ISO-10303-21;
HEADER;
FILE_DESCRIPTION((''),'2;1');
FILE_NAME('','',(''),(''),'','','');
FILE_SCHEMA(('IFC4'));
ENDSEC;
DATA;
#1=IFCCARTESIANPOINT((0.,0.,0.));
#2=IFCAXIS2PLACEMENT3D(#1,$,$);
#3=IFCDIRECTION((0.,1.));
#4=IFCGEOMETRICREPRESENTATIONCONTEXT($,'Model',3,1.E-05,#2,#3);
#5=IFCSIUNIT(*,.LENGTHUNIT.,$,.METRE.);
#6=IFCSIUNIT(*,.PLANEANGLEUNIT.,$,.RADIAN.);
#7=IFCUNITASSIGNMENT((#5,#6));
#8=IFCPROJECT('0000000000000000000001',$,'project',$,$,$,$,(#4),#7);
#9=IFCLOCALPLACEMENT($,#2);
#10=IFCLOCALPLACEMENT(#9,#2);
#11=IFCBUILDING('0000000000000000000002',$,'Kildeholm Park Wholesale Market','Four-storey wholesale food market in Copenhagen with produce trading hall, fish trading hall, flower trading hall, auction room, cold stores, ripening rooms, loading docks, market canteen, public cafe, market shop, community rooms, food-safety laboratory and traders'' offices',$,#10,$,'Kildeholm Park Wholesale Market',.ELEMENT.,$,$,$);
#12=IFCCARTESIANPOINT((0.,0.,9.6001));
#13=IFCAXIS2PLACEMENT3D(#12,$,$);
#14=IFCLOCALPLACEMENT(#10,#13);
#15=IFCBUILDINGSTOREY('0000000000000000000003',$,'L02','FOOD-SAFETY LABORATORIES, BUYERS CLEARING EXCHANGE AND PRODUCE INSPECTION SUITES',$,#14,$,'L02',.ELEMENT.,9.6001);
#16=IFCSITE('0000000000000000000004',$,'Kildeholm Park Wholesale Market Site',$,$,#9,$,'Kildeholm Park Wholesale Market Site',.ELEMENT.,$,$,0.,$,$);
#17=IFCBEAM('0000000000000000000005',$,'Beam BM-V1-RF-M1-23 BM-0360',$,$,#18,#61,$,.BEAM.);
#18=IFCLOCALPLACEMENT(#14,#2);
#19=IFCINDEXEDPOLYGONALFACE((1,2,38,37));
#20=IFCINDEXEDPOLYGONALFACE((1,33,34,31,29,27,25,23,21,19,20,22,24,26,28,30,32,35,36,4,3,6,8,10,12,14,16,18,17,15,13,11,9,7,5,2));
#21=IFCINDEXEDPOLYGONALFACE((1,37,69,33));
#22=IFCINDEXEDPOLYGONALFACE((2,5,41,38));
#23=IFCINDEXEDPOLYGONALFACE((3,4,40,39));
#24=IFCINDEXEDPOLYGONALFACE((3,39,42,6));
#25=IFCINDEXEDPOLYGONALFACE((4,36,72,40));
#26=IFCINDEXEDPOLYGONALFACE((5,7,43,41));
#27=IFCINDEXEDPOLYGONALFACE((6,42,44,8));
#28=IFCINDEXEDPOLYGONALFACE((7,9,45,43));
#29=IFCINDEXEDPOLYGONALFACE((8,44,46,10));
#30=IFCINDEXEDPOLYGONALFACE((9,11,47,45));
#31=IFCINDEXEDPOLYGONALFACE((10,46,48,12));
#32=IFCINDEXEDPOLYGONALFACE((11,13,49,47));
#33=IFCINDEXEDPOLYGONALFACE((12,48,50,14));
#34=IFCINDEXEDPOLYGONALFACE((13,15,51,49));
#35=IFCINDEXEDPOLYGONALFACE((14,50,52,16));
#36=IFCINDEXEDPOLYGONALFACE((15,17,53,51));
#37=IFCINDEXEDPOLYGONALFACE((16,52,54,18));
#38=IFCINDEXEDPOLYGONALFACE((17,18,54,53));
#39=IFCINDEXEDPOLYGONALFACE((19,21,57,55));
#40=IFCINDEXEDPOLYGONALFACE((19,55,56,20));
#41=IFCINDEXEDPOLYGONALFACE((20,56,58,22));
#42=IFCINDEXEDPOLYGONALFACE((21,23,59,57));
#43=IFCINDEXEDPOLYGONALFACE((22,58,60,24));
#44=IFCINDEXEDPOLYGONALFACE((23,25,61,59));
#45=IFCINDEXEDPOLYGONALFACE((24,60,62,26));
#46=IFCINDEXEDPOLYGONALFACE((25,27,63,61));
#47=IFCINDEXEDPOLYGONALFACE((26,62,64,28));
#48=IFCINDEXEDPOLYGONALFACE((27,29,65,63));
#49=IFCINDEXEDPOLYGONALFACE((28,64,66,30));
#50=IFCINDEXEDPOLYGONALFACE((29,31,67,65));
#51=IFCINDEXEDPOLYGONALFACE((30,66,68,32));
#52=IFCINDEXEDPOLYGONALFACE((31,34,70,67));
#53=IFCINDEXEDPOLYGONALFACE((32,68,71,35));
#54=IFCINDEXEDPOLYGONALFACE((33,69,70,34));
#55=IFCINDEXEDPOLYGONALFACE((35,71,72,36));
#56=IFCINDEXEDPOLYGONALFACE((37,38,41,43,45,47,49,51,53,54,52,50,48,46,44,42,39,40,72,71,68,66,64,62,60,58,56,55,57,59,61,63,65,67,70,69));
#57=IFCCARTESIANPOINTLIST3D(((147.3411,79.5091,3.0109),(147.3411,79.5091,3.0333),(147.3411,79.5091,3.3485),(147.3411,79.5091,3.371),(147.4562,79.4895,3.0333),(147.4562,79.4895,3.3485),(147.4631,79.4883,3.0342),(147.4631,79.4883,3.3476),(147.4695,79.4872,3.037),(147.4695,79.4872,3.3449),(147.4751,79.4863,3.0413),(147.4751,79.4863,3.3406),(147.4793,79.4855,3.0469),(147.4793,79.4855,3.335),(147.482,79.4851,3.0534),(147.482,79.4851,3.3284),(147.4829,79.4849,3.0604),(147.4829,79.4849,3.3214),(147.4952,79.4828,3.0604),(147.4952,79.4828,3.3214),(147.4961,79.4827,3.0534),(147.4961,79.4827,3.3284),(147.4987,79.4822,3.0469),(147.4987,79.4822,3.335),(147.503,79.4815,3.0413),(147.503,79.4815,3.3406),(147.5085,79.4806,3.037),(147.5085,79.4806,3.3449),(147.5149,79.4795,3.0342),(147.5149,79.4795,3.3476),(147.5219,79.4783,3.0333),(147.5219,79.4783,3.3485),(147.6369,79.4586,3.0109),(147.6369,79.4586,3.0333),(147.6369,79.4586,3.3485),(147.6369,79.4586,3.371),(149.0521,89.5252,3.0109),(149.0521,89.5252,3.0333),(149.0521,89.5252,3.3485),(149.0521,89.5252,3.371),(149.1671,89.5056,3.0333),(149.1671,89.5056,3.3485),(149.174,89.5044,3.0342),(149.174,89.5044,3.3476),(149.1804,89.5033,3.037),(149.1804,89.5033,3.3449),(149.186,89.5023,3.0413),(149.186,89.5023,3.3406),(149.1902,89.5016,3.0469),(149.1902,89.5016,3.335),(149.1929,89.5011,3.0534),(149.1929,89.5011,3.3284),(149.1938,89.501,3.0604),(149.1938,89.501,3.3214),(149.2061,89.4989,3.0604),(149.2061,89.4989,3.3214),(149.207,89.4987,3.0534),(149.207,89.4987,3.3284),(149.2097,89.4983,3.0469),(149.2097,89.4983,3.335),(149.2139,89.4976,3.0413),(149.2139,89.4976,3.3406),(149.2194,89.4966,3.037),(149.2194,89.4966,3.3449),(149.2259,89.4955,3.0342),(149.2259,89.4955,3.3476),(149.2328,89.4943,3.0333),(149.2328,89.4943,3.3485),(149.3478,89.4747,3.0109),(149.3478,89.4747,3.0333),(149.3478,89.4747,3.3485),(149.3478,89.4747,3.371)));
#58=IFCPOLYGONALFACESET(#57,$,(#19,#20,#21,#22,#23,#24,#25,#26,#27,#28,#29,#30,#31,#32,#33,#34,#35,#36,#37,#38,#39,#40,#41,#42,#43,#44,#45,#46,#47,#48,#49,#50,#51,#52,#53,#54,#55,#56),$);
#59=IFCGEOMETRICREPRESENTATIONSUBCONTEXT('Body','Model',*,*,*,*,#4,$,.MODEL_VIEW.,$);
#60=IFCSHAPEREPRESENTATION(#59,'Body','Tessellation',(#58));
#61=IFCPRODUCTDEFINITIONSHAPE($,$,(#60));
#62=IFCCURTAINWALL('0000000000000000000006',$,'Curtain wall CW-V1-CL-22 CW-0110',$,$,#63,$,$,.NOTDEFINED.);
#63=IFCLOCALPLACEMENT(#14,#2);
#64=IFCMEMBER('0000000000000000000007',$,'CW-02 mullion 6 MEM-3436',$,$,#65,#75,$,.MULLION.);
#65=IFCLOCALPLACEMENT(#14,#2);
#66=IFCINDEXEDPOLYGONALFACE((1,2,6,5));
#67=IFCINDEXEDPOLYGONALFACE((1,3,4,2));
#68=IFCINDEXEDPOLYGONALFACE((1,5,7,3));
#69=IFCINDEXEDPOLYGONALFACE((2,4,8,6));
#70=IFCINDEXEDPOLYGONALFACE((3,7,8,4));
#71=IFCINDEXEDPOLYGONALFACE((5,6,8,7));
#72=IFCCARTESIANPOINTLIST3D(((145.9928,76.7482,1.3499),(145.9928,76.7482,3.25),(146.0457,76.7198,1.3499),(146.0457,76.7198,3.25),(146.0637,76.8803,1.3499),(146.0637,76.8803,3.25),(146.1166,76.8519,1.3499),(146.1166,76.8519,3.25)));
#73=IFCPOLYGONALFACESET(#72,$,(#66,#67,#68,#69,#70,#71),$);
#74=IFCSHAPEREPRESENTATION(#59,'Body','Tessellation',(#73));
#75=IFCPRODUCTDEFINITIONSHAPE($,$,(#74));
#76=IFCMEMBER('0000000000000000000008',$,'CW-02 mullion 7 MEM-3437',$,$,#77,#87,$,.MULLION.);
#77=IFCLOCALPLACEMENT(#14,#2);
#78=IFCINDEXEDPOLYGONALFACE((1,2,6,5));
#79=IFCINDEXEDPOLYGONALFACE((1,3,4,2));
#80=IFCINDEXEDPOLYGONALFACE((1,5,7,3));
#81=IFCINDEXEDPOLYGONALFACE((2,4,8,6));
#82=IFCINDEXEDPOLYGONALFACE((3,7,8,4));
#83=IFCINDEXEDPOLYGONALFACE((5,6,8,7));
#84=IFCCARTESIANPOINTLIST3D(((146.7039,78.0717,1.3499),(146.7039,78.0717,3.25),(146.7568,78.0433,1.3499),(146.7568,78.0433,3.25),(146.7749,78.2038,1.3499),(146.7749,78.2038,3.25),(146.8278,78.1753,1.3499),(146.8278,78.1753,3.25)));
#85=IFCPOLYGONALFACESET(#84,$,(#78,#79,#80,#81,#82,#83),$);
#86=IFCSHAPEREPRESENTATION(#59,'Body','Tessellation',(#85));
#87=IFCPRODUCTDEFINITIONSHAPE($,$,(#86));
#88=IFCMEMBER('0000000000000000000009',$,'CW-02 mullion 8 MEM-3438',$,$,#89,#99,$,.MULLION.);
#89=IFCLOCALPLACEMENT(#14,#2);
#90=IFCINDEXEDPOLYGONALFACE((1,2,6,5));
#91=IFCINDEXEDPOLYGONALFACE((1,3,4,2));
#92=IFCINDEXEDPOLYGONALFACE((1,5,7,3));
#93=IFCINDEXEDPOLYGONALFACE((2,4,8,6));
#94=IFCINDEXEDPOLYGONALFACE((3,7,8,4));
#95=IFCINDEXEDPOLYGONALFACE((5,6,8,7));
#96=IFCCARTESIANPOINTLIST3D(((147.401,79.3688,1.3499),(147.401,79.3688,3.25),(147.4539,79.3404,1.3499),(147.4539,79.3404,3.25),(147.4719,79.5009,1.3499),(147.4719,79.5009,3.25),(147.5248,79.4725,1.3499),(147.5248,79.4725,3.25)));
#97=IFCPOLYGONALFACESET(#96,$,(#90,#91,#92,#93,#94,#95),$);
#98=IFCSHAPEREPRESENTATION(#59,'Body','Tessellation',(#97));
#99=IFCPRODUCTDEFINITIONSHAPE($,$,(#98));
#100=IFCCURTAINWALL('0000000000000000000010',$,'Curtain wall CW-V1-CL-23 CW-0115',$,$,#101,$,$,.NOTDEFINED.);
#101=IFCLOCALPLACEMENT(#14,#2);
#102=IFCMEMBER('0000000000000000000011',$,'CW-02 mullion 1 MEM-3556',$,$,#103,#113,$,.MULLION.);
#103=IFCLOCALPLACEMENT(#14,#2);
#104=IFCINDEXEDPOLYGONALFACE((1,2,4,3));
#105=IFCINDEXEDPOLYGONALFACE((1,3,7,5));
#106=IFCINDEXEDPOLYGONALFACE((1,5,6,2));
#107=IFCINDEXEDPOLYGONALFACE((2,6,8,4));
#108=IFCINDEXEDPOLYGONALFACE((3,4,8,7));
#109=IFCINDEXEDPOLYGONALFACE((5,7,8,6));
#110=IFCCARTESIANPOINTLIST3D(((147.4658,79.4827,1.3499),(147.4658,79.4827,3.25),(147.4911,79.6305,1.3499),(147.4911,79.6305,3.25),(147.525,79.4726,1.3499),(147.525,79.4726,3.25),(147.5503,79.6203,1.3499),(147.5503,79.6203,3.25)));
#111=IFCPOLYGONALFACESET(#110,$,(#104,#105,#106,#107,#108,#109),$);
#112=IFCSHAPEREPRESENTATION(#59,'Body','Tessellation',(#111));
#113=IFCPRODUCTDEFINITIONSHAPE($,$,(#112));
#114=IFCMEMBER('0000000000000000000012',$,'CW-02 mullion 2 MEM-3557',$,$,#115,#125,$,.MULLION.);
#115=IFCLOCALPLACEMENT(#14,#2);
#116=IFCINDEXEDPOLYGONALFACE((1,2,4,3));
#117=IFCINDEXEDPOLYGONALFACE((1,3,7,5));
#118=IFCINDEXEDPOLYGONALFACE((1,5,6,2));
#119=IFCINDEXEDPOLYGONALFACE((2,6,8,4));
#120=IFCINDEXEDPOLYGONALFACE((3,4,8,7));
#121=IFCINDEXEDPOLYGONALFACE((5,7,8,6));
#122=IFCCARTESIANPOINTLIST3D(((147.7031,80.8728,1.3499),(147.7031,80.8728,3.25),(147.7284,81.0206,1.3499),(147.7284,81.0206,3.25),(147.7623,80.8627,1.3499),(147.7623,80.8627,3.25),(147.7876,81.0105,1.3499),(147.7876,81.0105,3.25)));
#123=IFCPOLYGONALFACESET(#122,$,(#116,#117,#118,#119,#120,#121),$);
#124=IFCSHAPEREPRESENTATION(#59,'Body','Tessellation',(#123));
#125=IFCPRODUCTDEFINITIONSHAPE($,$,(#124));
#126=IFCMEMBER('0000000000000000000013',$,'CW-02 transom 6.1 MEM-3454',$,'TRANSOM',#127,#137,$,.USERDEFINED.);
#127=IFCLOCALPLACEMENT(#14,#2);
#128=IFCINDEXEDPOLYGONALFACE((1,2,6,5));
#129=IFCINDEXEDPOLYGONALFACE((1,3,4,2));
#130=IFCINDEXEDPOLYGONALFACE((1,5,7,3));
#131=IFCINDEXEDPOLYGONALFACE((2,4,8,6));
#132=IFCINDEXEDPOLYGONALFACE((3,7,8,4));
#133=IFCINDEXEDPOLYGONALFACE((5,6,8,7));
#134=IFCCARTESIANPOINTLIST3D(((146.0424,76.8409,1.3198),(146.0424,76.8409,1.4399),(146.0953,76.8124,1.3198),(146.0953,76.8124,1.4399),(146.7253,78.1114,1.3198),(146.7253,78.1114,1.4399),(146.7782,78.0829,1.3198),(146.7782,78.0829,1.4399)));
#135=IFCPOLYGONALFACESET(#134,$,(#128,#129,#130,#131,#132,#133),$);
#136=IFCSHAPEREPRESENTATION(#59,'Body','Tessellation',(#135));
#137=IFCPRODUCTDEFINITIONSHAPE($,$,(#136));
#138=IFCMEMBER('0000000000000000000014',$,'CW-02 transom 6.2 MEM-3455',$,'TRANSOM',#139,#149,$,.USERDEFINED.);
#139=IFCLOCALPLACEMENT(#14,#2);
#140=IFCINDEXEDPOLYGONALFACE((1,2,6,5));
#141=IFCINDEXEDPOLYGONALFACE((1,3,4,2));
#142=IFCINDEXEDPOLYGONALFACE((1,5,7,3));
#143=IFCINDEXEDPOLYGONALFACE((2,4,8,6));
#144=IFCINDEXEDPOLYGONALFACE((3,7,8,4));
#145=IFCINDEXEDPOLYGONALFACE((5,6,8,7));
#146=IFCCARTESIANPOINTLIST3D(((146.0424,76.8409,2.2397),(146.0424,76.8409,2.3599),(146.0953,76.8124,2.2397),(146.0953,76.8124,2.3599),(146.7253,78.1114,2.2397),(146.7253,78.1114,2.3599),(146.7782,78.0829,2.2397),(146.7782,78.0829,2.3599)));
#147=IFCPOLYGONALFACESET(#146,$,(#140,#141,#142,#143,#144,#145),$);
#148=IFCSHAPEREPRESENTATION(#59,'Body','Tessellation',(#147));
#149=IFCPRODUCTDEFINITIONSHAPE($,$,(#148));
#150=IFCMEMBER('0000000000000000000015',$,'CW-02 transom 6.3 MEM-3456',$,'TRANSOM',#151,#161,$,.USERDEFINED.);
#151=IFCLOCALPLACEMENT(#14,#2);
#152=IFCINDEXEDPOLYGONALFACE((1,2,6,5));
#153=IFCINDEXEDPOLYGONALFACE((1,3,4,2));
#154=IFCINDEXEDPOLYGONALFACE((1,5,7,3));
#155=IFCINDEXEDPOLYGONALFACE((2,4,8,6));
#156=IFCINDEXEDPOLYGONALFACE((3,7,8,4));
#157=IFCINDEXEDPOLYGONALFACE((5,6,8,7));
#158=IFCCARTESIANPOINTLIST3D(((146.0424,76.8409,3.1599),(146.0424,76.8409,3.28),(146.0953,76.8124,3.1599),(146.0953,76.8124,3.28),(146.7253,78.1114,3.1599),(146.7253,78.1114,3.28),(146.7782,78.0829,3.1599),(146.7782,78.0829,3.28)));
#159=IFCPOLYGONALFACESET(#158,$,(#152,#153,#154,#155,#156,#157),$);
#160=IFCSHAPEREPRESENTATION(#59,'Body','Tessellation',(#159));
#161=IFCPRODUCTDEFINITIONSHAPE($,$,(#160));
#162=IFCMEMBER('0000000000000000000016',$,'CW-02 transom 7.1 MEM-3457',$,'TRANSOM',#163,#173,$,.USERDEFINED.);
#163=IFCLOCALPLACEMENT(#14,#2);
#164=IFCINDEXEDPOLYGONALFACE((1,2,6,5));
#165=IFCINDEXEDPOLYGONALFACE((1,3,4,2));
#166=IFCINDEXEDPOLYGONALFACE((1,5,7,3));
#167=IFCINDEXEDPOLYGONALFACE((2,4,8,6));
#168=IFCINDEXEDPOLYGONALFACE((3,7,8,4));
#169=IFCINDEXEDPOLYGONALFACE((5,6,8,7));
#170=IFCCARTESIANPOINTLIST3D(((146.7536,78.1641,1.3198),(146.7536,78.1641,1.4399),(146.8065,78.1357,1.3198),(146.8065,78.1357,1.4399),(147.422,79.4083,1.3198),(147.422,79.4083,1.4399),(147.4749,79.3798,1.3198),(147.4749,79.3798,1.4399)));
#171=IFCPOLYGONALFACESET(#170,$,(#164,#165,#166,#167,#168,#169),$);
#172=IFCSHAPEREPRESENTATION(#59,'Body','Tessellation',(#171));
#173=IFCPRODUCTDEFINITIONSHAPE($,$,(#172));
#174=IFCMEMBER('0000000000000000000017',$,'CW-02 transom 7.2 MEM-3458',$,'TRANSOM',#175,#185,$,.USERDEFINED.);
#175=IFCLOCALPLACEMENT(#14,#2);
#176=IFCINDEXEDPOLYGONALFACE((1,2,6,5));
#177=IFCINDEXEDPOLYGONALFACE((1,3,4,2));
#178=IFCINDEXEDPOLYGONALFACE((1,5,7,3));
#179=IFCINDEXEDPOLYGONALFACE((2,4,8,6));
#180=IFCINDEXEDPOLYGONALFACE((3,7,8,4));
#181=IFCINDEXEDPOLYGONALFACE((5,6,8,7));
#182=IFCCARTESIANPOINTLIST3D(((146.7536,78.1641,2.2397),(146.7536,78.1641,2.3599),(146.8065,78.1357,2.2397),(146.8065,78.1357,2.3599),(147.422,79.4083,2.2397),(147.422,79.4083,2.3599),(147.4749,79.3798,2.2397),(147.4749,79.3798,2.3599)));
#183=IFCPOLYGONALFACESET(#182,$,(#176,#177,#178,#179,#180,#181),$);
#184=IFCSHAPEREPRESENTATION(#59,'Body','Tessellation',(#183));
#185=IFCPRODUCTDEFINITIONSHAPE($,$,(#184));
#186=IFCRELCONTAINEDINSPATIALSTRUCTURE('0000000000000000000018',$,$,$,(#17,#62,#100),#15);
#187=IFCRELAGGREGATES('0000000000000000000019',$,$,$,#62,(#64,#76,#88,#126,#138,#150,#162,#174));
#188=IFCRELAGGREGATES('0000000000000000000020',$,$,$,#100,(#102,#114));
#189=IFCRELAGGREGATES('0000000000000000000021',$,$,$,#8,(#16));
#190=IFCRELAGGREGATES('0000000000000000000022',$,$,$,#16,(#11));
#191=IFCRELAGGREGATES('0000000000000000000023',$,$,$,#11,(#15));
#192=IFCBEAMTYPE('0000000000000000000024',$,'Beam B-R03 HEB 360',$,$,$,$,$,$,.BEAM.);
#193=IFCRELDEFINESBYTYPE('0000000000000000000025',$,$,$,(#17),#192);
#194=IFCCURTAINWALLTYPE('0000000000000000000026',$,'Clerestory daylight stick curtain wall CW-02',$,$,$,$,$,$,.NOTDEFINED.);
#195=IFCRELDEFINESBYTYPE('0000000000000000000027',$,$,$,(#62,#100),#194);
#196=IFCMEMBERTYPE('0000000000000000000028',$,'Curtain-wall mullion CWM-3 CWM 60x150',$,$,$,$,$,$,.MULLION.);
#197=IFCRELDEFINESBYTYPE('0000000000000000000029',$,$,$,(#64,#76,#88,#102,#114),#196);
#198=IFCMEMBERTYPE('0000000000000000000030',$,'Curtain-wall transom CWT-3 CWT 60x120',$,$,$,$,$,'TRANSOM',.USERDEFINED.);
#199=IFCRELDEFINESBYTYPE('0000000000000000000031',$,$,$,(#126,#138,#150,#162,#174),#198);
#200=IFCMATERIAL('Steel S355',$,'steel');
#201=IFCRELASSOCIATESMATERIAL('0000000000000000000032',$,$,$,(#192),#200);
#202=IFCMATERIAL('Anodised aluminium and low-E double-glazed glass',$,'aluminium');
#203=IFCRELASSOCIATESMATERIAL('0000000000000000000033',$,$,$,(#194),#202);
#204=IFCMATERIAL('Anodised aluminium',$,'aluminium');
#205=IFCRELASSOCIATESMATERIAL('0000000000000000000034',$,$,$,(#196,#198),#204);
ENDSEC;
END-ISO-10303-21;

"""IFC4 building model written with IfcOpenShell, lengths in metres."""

from ifc_helpers import new_model, si_unit, direction, frame, origin, origin_2d, place, context, subcontext, project, spatial, rectangle, i_section, extrude, material, material_profile, profile_set, type_object, element, aggregate, save


model = new_model("IFC4")

# Units and contexts
model_context = context("Model", 3, precision=1e-05, world=origin(), true_north=direction((0.0, 1.0)))
body_context = subcontext(model_context, "Body", "Model", "MODEL_VIEW")
ifc_project = project(units=[si_unit("LENGTHUNIT", "METRE"), si_unit("PLANEANGLEUNIT", "RADIAN")], contexts=[model_context])

# Site, building, storey
site_placement = place(None, origin())
site = spatial("IfcSite", under=ifc_project, at=site_placement, Name="Kildeholm Park Wholesale Market Site", LongName="Kildeholm Park Wholesale Market Site", CompositionType="ELEMENT", RefElevation=0.0)
building_placement = place(site_placement, origin())
building = spatial("IfcBuilding", under=site, at=building_placement, Name="Kildeholm Park Wholesale Market", Description="Four-storey wholesale food market in Copenhagen with produce trading hall, fish trading hall, flower trading hall, auction room, cold stores, ripening rooms, loading docks, market canteen, public cafe, market shop, community rooms, food-safety laboratory and traders' offices", LongName="Kildeholm Park Wholesale Market", CompositionType="ELEMENT")
storey_placement = place(building_placement, frame((0.0, 0.0, 9.6001)))
storey = spatial("IfcBuildingStorey", under=building, at=storey_placement, Name="L02", Description="FOOD-SAFETY LABORATORIES, BUYERS CLEARING EXCHANGE AND PRODUCE INSPECTION SUITES", LongName="L02", CompositionType="ELEMENT", Elevation=9.6001)

# Shared definitions
ifc_material_1 = material(Name="Steel S355", Category="steel")

# Beam
ifc_material_profile_1 = material_profile(ifc_material_1, i_section(OverallWidth=0.3, OverallDepth=0.3601, WebThickness=0.0125, FlangeThickness=0.0225, FilletRadius=0.0271, at=origin_2d()), Name="HEB 360")
ifc_profile_set_1 = profile_set([ifc_material_profile_1], Name="Steel S355")
beam_type_1 = type_object("IfcBeamType", Name="Beam B-R03 HEB 360", PredefinedType="BEAM", material=ifc_profile_set_1)
beam_1_placement = place(storey_placement, frame((147.489, 79.4839, 3.1909), z_axis=(0.16838, 0.985722, 0.0), x_axis=(-0.985722, 0.16838, 0.0)))
element("IfcBeam", 1, at=beam_1_placement, inside=storey, type_object=beam_type_1, Name="Beam BM-V1-RF-M1-23 BM-0360", PredefinedType="BEAM", context=body_context, shape_type="SweptSolid", body=[
    extrude(i_section(OverallWidth=0.3, OverallDepth=0.3601, WebThickness=0.0125, FlangeThickness=0.0225, FilletRadius=0.0271, at=origin_2d()), origin(), (0.0, 0.0, 1.0), 10.1611),
])

# Curtain walls, members
ifc_material_2 = material(Name="Anodised aluminium and low-E double-glazed glass", Category="aluminium")
curtain_wall_type = type_object("IfcCurtainWallType", Name="Clerestory daylight stick curtain wall CW-02", PredefinedType="NOTDEFINED", material=ifc_material_2)
curtain_wall_1_placement = place(storey_placement, origin())
curtain_wall_1 = element("IfcCurtainWall", 2, at=curtain_wall_1_placement, inside=storey, type_object=curtain_wall_type, Name="Curtain wall CW-V1-CL-22 CW-0110", PredefinedType="NOTDEFINED")
ifc_material_3 = material(Name="Anodised aluminium", Category="aluminium")
ifc_material_profile_2 = material_profile(ifc_material_3, rectangle(XDim=0.0601, YDim=0.1499, at=origin_2d()), Name="CWM 60x150")
ifc_profile_set_2 = profile_set([ifc_material_profile_2], Name="Anodised aluminium")
member_type_1 = type_object("IfcMemberType", Name="Curtain-wall mullion CWM-3 CWM 60x150", PredefinedType="MULLION", material=ifc_profile_set_2)
member_1_placement = place(storey_placement, frame((146.0547, 76.8, 1.3499), z_axis=(0.0, 0.0, 1.0), x_axis=(-0.88088, 0.47334, 0.0)))
member_1 = element("IfcMember", 3, at=member_1_placement, type_object=member_type_1, Name="CW-02 mullion 6 MEM-3436", PredefinedType="MULLION", context=body_context, shape_type="SweptSolid", body=[
    extrude(rectangle(XDim=0.0601, YDim=0.1499, at=origin_2d()), origin(), (0.0, 0.0, 1.0), 1.9001),
])
member_2_placement = place(storey_placement, frame((146.7659, 78.1235, 1.3499), z_axis=(0.0, 0.0, 1.0), x_axis=(-0.88088, 0.47334, 0.0)))
member_2 = element("IfcMember", 4, at=member_2_placement, type_object=member_type_1, Name="CW-02 mullion 7 MEM-3437", PredefinedType="MULLION", context=body_context, shape_type="SweptSolid", body=[
    extrude(rectangle(XDim=0.0601, YDim=0.1499, at=origin_2d()), origin(), (0.0, 0.0, 1.0), 1.9001),
])
member_3_placement = place(storey_placement, frame((147.4629, 79.4207, 1.3499), z_axis=(0.0, 0.0, 1.0), x_axis=(-0.88088, 0.47334, 0.0)))
member_3 = element("IfcMember", 5, at=member_3_placement, type_object=member_type_1, Name="CW-02 mullion 8 MEM-3438", PredefinedType="MULLION", context=body_context, shape_type="SweptSolid", body=[
    extrude(rectangle(XDim=0.0601, YDim=0.1499, at=origin_2d()), origin(), (0.0, 0.0, 1.0), 1.9001),
])
curtain_wall_2_placement = place(storey_placement, origin())
curtain_wall_2 = element("IfcCurtainWall", 6, at=curtain_wall_2_placement, inside=storey, type_object=curtain_wall_type, Name="Curtain wall CW-V1-CL-23 CW-0115", PredefinedType="NOTDEFINED")
member_4_placement = place(storey_placement, frame((147.5081, 79.5515, 1.3499), z_axis=(0.0, 0.0, 1.0), x_axis=(-0.985732, 0.168322, 0.0)))
member_4 = element("IfcMember", 7, at=member_4_placement, type_object=member_type_1, Name="CW-02 mullion 1 MEM-3556", PredefinedType="MULLION", context=body_context, shape_type="SweptSolid", body=[
    extrude(rectangle(XDim=0.0601, YDim=0.1499, at=origin_2d()), origin(), (0.0, 0.0, 1.0), 1.9001),
])
member_5_placement = place(storey_placement, frame((147.7454, 80.9417, 1.3499), z_axis=(0.0, 0.0, 1.0), x_axis=(-0.985732, 0.168322, 0.0)))
member_5 = element("IfcMember", 8, at=member_5_placement, type_object=member_type_1, Name="CW-02 mullion 2 MEM-3557", PredefinedType="MULLION", context=body_context, shape_type="SweptSolid", body=[
    extrude(rectangle(XDim=0.0601, YDim=0.1499, at=origin_2d()), origin(), (0.0, 0.0, 1.0), 1.9001),
])

# Members
ifc_material_profile_3 = material_profile(ifc_material_3, rectangle(XDim=0.0601, YDim=0.1201, at=origin_2d()), Name="CWT 60x120")
ifc_profile_set_3 = profile_set([ifc_material_profile_3], Name="Anodised aluminium")
member_type_2 = type_object("IfcMemberType", Name="Curtain-wall transom CWT-3 CWT 60x120", ElementType="TRANSOM", PredefinedType="USERDEFINED", material=ifc_profile_set_3)
member_6_placement = place(storey_placement, frame((146.0688, 76.8267, 1.3799), z_axis=(0.473423, 0.880835, 0.0), x_axis=(-0.880835, 0.473423, 0.0)))
member_6 = element("IfcMember", 9, at=member_6_placement, type_object=member_type_2, Name="CW-02 transom 6.1 MEM-3454", ObjectType="TRANSOM", PredefinedType="USERDEFINED", context=body_context, shape_type="SweptSolid", body=[
    extrude(rectangle(XDim=0.0601, YDim=0.1201, at=origin_2d()), origin(), (0.0, 0.0, 1.0), 1.4424),
])
member_7_placement = place(storey_placement, frame((146.0688, 76.8267, 2.2998), z_axis=(0.473423, 0.880835, 0.0), x_axis=(-0.880835, 0.473423, 0.0)))
member_7 = element("IfcMember", 10, at=member_7_placement, type_object=member_type_2, Name="CW-02 transom 6.2 MEM-3455", ObjectType="TRANSOM", PredefinedType="USERDEFINED", context=body_context, shape_type="SweptSolid", body=[
    extrude(rectangle(XDim=0.0601, YDim=0.1201, at=origin_2d()), origin(), (0.0, 0.0, 1.0), 1.4424),
])
member_8_placement = place(storey_placement, frame((146.0688, 76.8267, 3.22), z_axis=(0.473423, 0.880835, 0.0), x_axis=(-0.880835, 0.473423, 0.0)))
member_8 = element("IfcMember", 11, at=member_8_placement, type_object=member_type_2, Name="CW-02 transom 6.3 MEM-3456", ObjectType="TRANSOM", PredefinedType="USERDEFINED", context=body_context, shape_type="SweptSolid", body=[
    extrude(rectangle(XDim=0.0601, YDim=0.1201, at=origin_2d()), origin(), (0.0, 0.0, 1.0), 1.4424),
])
member_9_placement = place(storey_placement, frame((146.78, 78.1499, 1.3799), z_axis=(0.473296, 0.880904, 0.0), x_axis=(-0.880904, 0.473296, 0.0)))
member_9 = element("IfcMember", 12, at=member_9_placement, type_object=member_type_2, Name="CW-02 transom 7.1 MEM-3457", ObjectType="TRANSOM", PredefinedType="USERDEFINED", context=body_context, shape_type="SweptSolid", body=[
    extrude(rectangle(XDim=0.0601, YDim=0.1201, at=origin_2d()), origin(), (0.0, 0.0, 1.0), 1.4124),
])
member_10_placement = place(storey_placement, frame((146.78, 78.1499, 2.2998), z_axis=(0.473296, 0.880904, 0.0), x_axis=(-0.880904, 0.473296, 0.0)))
member_10 = element("IfcMember", 13, at=member_10_placement, type_object=member_type_2, Name="CW-02 transom 7.2 MEM-3458", ObjectType="TRANSOM", PredefinedType="USERDEFINED", context=body_context, shape_type="SweptSolid", body=[
    extrude(rectangle(XDim=0.0601, YDim=0.1201, at=origin_2d()), origin(), (0.0, 0.0, 1.0), 1.4124),
])

aggregate(curtain_wall_1, [member_1, member_2, member_3, member_6, member_7, member_8, member_9, member_10])
aggregate(curtain_wall_2, [member_4, member_5])

save(model, "model.ifc")
